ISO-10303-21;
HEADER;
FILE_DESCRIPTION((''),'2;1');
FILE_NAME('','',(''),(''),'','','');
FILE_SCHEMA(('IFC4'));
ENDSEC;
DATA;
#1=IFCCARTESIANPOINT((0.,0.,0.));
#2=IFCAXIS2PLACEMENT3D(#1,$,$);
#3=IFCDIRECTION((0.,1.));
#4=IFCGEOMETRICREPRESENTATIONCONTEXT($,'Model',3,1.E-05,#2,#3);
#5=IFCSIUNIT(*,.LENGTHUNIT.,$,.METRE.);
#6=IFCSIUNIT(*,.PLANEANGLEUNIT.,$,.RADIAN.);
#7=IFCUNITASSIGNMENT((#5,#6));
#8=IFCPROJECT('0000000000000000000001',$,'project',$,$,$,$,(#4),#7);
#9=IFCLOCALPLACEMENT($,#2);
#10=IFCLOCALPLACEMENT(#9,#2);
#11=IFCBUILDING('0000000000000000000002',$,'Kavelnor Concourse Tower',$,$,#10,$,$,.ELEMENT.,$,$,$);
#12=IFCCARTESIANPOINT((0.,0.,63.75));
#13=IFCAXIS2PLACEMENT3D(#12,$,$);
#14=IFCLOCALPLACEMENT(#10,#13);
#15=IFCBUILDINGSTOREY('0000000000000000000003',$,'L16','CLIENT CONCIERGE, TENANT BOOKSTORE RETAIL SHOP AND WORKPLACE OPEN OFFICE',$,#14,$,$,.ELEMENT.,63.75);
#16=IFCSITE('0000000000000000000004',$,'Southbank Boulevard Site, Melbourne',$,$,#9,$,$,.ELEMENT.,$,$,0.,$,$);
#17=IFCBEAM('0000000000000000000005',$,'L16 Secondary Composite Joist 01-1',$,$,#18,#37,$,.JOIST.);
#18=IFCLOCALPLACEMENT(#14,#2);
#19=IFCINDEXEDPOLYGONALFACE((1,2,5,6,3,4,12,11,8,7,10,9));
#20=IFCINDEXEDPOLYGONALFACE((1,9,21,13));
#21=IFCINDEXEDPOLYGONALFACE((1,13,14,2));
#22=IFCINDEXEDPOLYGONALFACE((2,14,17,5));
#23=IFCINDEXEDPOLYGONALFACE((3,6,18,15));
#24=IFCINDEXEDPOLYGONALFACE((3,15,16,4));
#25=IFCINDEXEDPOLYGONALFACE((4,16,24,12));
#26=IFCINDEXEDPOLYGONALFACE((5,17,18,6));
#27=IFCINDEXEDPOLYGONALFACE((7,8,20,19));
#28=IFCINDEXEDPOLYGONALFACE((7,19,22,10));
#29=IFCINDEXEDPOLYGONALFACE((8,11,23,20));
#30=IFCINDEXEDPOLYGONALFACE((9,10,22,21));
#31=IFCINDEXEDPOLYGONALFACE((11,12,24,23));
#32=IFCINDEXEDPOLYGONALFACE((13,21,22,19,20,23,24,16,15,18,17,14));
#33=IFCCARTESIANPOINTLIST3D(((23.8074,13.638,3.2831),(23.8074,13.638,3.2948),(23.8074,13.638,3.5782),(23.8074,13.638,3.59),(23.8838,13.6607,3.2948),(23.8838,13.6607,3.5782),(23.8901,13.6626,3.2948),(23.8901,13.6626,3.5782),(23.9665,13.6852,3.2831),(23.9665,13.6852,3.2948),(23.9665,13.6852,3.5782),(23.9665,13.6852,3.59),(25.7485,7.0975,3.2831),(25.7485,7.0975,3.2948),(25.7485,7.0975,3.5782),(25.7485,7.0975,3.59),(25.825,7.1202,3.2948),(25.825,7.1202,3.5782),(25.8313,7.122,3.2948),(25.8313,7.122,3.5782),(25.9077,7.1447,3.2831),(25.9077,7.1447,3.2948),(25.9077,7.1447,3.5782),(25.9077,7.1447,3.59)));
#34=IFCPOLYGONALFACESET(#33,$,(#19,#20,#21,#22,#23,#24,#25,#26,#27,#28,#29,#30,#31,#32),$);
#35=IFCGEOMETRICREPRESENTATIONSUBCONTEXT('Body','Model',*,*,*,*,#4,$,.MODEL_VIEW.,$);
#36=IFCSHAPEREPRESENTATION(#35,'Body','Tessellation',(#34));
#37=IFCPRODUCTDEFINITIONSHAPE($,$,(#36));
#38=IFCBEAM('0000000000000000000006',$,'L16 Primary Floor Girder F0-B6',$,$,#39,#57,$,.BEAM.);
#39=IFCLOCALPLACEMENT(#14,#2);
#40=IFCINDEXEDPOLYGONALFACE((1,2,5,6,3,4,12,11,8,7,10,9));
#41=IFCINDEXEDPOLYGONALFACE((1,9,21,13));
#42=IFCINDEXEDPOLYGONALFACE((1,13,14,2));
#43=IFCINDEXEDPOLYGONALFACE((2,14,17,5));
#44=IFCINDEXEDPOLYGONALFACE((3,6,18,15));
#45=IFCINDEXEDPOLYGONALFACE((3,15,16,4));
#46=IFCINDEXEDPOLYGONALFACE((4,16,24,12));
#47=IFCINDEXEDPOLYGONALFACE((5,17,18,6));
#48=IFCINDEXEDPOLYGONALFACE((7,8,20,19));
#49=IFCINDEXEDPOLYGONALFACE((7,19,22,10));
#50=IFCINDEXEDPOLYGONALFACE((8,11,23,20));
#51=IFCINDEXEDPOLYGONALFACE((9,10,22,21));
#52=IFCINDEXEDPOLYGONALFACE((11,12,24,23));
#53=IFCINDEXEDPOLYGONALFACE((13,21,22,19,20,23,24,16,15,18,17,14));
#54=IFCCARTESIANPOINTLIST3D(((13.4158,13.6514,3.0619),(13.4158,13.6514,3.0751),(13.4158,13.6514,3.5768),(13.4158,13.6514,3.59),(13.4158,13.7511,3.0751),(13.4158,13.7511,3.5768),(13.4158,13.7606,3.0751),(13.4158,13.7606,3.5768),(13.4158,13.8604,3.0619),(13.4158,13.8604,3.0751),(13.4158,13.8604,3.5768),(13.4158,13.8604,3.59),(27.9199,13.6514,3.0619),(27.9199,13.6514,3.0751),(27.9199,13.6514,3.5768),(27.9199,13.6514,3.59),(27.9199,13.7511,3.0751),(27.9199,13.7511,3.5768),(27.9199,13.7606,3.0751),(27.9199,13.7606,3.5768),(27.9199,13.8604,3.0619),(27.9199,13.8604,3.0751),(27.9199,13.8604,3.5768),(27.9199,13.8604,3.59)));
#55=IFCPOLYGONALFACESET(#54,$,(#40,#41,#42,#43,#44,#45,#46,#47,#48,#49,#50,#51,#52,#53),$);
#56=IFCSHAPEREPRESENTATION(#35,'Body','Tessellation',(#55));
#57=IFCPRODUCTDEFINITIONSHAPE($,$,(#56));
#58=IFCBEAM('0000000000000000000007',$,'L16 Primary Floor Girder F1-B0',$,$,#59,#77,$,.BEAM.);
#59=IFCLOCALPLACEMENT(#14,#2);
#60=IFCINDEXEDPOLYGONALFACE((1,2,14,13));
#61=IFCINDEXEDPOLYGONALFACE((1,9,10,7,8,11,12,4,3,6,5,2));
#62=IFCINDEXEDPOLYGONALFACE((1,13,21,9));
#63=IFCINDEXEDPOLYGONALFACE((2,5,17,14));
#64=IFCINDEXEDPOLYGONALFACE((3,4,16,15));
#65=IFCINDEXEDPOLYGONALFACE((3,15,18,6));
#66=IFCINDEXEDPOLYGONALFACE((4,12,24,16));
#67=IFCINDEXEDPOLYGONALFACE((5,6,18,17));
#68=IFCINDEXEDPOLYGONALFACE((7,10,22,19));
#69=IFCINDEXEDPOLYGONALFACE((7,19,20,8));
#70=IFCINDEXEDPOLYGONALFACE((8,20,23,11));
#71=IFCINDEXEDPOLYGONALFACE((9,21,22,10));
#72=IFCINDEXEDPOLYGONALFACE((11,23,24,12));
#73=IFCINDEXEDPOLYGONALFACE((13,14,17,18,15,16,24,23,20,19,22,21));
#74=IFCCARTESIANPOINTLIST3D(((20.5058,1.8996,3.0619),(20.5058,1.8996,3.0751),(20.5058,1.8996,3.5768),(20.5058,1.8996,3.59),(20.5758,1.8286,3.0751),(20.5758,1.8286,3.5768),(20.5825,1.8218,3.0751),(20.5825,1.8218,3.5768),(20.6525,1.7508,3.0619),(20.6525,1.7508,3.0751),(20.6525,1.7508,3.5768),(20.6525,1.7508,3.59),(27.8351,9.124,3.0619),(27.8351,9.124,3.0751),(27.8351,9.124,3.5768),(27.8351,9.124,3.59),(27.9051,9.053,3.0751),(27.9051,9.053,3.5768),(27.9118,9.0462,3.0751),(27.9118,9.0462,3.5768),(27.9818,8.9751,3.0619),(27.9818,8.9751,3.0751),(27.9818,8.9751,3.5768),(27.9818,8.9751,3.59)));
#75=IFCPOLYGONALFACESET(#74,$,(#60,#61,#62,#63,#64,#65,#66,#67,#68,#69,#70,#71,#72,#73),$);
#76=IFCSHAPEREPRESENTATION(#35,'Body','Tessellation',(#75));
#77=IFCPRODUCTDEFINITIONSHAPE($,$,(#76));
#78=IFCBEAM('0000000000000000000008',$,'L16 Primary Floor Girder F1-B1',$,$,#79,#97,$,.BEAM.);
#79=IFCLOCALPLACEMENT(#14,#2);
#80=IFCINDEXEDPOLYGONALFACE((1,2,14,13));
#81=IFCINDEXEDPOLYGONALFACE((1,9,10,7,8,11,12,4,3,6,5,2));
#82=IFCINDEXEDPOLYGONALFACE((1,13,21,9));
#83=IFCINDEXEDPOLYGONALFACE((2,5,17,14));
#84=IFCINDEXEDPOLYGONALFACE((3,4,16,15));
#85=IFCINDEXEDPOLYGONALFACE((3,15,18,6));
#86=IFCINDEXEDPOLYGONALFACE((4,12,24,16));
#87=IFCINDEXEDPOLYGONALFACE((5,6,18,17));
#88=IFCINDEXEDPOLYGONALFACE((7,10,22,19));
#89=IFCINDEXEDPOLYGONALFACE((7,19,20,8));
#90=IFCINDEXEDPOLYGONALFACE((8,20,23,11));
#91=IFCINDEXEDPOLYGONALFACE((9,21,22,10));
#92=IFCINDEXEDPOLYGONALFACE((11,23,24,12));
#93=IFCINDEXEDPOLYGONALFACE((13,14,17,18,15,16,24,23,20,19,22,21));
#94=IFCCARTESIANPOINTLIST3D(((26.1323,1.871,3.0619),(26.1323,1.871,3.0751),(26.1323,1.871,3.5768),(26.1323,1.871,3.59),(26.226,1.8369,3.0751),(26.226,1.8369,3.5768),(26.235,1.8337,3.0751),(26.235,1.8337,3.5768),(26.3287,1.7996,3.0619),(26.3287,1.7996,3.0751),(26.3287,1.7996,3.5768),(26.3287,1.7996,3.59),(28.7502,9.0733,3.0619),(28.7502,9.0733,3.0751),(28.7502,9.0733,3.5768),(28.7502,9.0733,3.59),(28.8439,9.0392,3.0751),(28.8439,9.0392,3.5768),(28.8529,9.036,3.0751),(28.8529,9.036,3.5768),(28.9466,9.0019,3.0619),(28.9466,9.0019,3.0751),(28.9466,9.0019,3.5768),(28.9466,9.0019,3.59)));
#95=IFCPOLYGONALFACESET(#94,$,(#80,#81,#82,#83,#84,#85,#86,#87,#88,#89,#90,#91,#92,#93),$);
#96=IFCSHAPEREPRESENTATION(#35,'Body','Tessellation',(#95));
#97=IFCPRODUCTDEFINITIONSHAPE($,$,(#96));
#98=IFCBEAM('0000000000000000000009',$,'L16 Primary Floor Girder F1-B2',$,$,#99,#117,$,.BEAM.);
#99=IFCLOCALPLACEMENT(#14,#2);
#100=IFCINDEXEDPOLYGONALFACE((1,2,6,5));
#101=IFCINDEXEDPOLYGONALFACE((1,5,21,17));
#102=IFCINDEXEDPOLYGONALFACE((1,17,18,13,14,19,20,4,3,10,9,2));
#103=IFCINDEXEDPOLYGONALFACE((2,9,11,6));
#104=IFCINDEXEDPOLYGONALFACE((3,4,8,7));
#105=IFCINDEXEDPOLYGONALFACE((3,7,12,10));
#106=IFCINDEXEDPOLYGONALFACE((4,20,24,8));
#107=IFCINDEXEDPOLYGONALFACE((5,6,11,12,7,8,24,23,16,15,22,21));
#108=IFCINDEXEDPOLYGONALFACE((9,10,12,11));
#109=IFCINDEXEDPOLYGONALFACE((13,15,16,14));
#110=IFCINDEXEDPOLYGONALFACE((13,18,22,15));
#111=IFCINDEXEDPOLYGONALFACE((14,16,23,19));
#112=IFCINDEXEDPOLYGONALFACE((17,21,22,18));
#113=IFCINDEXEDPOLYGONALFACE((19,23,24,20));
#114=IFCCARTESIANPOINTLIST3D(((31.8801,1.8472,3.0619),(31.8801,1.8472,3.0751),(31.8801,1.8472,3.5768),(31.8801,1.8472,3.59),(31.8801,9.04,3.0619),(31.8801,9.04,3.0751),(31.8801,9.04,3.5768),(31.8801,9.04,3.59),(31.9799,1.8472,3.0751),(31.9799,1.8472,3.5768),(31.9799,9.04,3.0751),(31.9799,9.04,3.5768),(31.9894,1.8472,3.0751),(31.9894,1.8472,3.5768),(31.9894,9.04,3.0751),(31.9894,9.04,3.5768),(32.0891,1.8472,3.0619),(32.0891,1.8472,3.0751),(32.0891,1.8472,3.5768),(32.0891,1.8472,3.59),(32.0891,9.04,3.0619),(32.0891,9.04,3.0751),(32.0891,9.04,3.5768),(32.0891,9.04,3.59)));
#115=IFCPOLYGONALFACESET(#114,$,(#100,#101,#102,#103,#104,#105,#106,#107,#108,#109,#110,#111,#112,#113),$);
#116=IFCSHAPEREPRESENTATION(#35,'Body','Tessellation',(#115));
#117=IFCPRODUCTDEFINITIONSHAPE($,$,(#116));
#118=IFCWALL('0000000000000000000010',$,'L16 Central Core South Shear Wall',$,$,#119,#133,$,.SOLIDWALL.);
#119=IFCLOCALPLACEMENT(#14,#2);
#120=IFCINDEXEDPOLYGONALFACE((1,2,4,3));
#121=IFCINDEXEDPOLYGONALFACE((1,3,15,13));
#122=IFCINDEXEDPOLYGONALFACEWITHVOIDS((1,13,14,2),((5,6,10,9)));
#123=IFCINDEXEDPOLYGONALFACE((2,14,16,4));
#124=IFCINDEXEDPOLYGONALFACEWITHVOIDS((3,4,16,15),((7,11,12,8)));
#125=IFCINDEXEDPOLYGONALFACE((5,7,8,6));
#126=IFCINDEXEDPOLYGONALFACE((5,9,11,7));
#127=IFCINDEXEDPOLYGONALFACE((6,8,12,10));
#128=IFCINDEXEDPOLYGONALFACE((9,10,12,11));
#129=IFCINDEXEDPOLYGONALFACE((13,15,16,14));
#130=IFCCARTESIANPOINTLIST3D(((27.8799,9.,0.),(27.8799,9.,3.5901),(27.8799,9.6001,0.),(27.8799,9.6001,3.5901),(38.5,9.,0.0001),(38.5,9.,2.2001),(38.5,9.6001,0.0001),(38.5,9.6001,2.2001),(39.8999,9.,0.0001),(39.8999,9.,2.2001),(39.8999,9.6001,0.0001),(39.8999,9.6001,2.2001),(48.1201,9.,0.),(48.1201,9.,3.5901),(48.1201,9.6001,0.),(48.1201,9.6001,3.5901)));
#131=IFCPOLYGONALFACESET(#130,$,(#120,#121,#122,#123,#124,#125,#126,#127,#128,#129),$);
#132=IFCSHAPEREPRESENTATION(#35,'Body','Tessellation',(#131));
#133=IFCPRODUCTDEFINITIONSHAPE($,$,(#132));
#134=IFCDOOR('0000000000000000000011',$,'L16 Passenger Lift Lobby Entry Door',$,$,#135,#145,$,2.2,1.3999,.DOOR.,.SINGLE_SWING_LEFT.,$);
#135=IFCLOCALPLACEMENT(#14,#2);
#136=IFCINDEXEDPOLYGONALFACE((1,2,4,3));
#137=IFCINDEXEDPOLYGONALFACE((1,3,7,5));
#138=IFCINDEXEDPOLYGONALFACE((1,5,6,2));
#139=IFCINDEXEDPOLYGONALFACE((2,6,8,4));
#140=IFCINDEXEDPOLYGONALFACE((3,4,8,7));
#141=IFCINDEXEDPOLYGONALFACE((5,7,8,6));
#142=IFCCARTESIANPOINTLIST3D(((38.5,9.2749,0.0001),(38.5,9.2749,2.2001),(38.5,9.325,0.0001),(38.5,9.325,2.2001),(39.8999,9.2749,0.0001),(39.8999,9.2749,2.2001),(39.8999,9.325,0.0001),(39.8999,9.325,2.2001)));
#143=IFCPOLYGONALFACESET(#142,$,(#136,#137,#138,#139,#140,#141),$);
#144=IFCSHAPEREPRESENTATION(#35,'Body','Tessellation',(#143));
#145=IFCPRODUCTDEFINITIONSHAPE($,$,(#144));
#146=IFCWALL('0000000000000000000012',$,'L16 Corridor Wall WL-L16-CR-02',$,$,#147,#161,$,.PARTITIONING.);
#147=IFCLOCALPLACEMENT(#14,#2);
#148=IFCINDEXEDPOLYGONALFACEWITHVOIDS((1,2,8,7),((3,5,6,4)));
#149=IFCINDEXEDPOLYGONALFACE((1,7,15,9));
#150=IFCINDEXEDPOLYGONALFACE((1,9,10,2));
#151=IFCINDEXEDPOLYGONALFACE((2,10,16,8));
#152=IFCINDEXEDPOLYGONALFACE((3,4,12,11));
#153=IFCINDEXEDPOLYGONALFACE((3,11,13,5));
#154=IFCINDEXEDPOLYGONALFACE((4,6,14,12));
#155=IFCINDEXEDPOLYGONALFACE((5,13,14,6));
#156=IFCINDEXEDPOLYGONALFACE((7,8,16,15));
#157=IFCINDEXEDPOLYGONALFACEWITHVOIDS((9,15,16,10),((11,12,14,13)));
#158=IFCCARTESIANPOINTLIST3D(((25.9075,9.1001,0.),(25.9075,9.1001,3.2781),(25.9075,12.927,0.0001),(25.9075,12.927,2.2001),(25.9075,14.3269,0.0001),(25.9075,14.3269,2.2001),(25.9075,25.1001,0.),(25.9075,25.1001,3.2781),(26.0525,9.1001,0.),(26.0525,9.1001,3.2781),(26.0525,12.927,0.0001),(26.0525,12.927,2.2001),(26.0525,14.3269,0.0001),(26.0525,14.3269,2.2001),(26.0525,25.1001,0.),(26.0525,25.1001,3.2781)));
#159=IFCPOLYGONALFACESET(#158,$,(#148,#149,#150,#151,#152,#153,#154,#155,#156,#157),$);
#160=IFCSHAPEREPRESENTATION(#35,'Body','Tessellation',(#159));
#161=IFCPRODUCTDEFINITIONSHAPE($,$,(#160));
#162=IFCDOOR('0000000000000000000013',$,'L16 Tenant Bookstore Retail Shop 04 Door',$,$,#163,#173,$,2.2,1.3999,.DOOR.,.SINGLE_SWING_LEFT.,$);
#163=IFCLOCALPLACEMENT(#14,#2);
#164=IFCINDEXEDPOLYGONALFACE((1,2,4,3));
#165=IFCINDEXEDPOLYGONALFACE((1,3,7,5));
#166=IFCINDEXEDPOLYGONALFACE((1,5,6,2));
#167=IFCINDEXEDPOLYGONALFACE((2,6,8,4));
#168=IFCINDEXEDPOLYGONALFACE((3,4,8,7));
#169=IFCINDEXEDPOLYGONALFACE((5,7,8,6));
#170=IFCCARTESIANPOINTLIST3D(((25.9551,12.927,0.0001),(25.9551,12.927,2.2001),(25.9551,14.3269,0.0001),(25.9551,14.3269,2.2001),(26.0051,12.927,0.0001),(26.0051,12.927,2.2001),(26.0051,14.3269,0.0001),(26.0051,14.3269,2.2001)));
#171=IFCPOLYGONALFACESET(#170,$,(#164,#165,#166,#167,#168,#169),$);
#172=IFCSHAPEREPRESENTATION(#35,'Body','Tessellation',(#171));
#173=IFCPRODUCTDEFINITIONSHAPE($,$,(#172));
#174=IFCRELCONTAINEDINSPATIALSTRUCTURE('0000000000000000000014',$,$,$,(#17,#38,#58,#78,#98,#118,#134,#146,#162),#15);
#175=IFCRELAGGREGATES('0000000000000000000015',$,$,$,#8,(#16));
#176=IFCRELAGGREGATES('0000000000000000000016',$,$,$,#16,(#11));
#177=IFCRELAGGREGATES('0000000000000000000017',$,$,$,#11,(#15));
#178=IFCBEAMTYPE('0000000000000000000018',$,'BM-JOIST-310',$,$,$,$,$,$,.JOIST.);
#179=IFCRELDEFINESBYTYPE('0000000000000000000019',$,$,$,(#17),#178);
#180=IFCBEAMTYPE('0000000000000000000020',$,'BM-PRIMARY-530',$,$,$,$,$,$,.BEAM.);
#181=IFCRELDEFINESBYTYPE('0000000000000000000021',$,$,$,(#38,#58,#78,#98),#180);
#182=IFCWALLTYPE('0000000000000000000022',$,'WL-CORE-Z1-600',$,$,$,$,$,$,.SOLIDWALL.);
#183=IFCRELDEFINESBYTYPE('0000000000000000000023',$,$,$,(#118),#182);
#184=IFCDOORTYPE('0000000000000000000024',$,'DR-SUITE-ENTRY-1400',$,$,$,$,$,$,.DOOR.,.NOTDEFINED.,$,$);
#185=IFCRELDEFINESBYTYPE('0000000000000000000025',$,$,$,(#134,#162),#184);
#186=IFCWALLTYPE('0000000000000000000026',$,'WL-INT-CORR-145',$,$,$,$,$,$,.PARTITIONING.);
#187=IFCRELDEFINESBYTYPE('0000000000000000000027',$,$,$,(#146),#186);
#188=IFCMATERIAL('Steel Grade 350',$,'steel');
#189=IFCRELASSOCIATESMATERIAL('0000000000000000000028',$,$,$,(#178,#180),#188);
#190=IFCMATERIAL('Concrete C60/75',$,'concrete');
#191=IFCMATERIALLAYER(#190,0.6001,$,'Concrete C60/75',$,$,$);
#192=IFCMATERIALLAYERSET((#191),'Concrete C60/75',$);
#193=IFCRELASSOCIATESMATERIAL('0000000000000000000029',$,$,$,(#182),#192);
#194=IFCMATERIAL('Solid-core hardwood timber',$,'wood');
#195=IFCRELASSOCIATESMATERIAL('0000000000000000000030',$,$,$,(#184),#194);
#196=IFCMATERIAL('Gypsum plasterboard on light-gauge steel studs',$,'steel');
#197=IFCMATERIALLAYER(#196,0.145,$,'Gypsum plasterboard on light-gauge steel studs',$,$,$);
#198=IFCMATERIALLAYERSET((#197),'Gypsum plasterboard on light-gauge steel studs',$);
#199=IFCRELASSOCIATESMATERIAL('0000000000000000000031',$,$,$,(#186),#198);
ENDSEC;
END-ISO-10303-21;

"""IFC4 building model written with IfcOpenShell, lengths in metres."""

from ifc_helpers import new_model, si_unit, direction, frame, frame_2d, origin, origin_2d, place, context, subcontext, project, spatial, rectangle, i_section, extrude, material, layer, layer_set, material_profile, profile_set, type_object, element, fill, save


model = new_model("IFC4")

# Units and contexts
model_context = context("Model", 3, precision=1e-05, world=origin(), true_north=direction((0.0, 1.0)))
body_context = subcontext(model_context, "Body", "Model", "MODEL_VIEW")
ifc_project = project(units=[si_unit("LENGTHUNIT", "METRE"), si_unit("PLANEANGLEUNIT", "RADIAN")], contexts=[model_context])

# Site, building, storey
site_placement = place(None, origin())
site = spatial("IfcSite", under=ifc_project, at=site_placement, Name="Southbank Boulevard Site, Melbourne", CompositionType="ELEMENT", RefElevation=0.0)
building_placement = place(site_placement, origin())
building = spatial("IfcBuilding", under=site, at=building_placement, Name="Kavelnor Concourse Tower", CompositionType="ELEMENT")
storey_placement = place(building_placement, frame((0.0, 0.0, 63.75)))
storey = spatial("IfcBuildingStorey", under=building, at=storey_placement, Name="L16", Description="CLIENT CONCIERGE, TENANT BOOKSTORE RETAIL SHOP AND WORKPLACE OPEN OFFICE", CompositionType="ELEMENT", Elevation=63.75)

# Beams
ifc_material_1 = material(Name="Steel Grade 350", Category="steel")
ifc_material_profile_1 = material_profile(ifc_material_1, i_section(OverallWidth=0.166, OverallDepth=0.3069, WebThickness=0.0066, FlangeThickness=0.0117, at=origin_2d()), Name="310UB46")
ifc_profile_set_1 = profile_set([ifc_material_profile_1], Name="Steel Grade 350")
beam_type_1 = type_object("IfcBeamType", Name="BM-JOIST-310", PredefinedType="JOIST", material=ifc_profile_set_1)
beam_1_placement = place(storey_placement, frame((23.887, 13.6616, 3.4365), z_axis=(0.284523, -0.958669, 0.0), x_axis=(0.958669, 0.284523, 0.0)))
element("IfcBeam", 1, at=beam_1_placement, inside=storey, type_object=beam_type_1, Name="L16 Secondary Composite Joist 01-1", PredefinedType="JOIST", context=body_context, shape_type="SweptSolid", body=[
    extrude(i_section(OverallWidth=0.166, OverallDepth=0.3069, WebThickness=0.0066, FlangeThickness=0.0117, at=origin_2d()), origin(), (0.0, 0.0, 1.0), 6.8225),
])
ifc_material_profile_2 = material_profile(ifc_material_1, i_section(OverallWidth=0.209, OverallDepth=0.5281, WebThickness=0.0095, FlangeThickness=0.0132, at=origin_2d()), Name="530UB82")
ifc_profile_set_2 = profile_set([ifc_material_profile_2], Name="Steel Grade 350")
beam_type_2 = type_object("IfcBeamType", Name="BM-PRIMARY-530", PredefinedType="BEAM", material=ifc_profile_set_2)
beam_2_placement = place(storey_placement, frame((27.9199, 13.7559, 3.3259), z_axis=(-1.0, 0.0, 0.0), x_axis=(0.0, -1.0, 0.0)))
element("IfcBeam", 2, at=beam_2_placement, inside=storey, type_object=beam_type_2, Name="L16 Primary Floor Girder F0-B6", PredefinedType="BEAM", context=body_context, shape_type="SweptSolid", body=[
    extrude(i_section(OverallWidth=0.209, OverallDepth=0.5281, WebThickness=0.0095, FlangeThickness=0.0132, at=origin_2d()), origin(), (0.0, 0.0, 1.0), 14.5042),
])
beam_3_placement = place(storey_placement, frame((27.9084, 9.0496, 3.3259), z_axis=(-0.712189, -0.701988, 0.0), x_axis=(0.701988, -0.712189, 0.0)))
element("IfcBeam", 3, at=beam_3_placement, inside=storey, type_object=beam_type_2, Name="L16 Primary Floor Girder F1-B0", PredefinedType="BEAM", context=body_context, shape_type="SweptSolid", body=[
    extrude(i_section(OverallWidth=0.209, OverallDepth=0.5281, WebThickness=0.0095, FlangeThickness=0.0132, at=origin_2d()), origin(), (0.0, 0.0, 1.0), 10.2913),
])
beam_4_placement = place(storey_placement, frame((28.8484, 9.0376, 3.3259), z_axis=(-0.341613, -0.939841, 0.0), x_axis=(0.939841, -0.341613, 0.0)))
element("IfcBeam", 4, at=beam_4_placement, inside=storey, type_object=beam_type_2, Name="L16 Primary Floor Girder F1-B1", PredefinedType="BEAM", context=body_context, shape_type="SweptSolid", body=[
    extrude(i_section(OverallWidth=0.209, OverallDepth=0.5281, WebThickness=0.0095, FlangeThickness=0.0132, at=origin_2d()), origin(), (0.0, 0.0, 1.0), 7.6633),
])
beam_5_placement = place(storey_placement, frame((31.9846, 9.04, 3.3259), z_axis=(0.0, -1.0, 0.0), x_axis=(1.0, 0.0, 0.0)))
element("IfcBeam", 5, at=beam_5_placement, inside=storey, type_object=beam_type_2, Name="L16 Primary Floor Girder F1-B2", PredefinedType="BEAM", context=body_context, shape_type="SweptSolid", body=[
    extrude(i_section(OverallWidth=0.209, OverallDepth=0.5281, WebThickness=0.0095, FlangeThickness=0.0132, at=origin_2d()), origin(), (0.0, 0.0, 1.0), 7.1929),
])

# Wall, opening, door
ifc_material_2 = material(Name="Concrete C60/75", Category="concrete")
ifc_layer_1 = layer(ifc_material_2, 0.6001, Name="Concrete C60/75")
ifc_layer_set_1 = layer_set([ifc_layer_1], Name="Concrete C60/75")
wall_type_1 = type_object("IfcWallType", Name="WL-CORE-Z1-600", PredefinedType="SOLIDWALL", material=ifc_layer_set_1)
wall_1_placement = place(storey_placement, frame((27.8799, 9.3, 0.0), z_axis=(0.0, 0.0, 1.0), x_axis=(1.0, 0.0, 0.0)))
wall_1 = element("IfcWall", 6, at=wall_1_placement, inside=storey, type_object=wall_type_1, Name="L16 Central Core South Shear Wall", PredefinedType="SOLIDWALL", context=body_context, shape_type="SweptSolid", body=[
    extrude(rectangle(XDim=20.2402, YDim=0.6001, at=frame_2d((10.1201, 0.0))), origin(), (0.0, 0.0, 1.0), 3.5901),
])
opening_1_placement = place(wall_1_placement, frame((10.6201, 0.0, 0.0)))
opening_1 = element("IfcOpeningElement", 7, at=opening_1_placement, cuts=wall_1, PredefinedType="OPENING", context=body_context, shape_type="SweptSolid", body=[
    extrude(rectangle(XDim=1.3999, YDim=2.2, at=frame_2d((0.7, 1.1001))), frame((0.0, 0.3101, 0.0), z_axis=(0.0, -1.0, 0.0), x_axis=(1.0, 0.0, 0.0)), (0.0, 0.0, 1.0), 0.6201),
])
ifc_material_3 = material(Name="Solid-core hardwood timber", Category="wood")
door_type_1 = type_object("IfcDoorType", Name="DR-SUITE-ENTRY-1400", OperationType="NOTDEFINED", PredefinedType="DOOR", material=ifc_material_3)
door_1_placement = place(opening_1_placement, origin())
door_1 = element("IfcDoor", 8, at=door_1_placement, inside=storey, type_object=door_type_1, Name="L16 Passenger Lift Lobby Entry Door", OperationType="SINGLE_SWING_LEFT", OverallHeight=2.2, OverallWidth=1.3999, PredefinedType="DOOR", context=body_context, shape_type="SweptSolid", body=[
    extrude(rectangle(XDim=1.3999, YDim=2.2, at=frame_2d((0.7, 1.1001))), frame((0.0, 0.0249, 0.0), z_axis=(0.0, -1.0, 0.0), x_axis=(1.0, 0.0, 0.0)), (0.0, 0.0, 1.0), 0.05),
])
fill(opening_1, door_1)

# Wall, opening, door
ifc_material_4 = material(Name="Gypsum plasterboard on light-gauge steel studs", Category="steel")
ifc_layer_2 = layer(ifc_material_4, 0.145, Name="Gypsum plasterboard on light-gauge steel studs")
ifc_layer_set_2 = layer_set([ifc_layer_2], Name="Gypsum plasterboard on light-gauge steel studs")
wall_type_2 = type_object("IfcWallType", Name="WL-INT-CORR-145", PredefinedType="PARTITIONING", material=ifc_layer_set_2)
wall_2_placement = place(storey_placement, frame((25.98, 9.1001, 0.0), z_axis=(0.0, 0.0, 1.0), x_axis=(0.0, 1.0, 0.0)))
wall_2 = element("IfcWall", 9, at=wall_2_placement, inside=storey, type_object=wall_type_2, Name="L16 Corridor Wall WL-L16-CR-02", PredefinedType="PARTITIONING", context=body_context, shape_type="SweptSolid", body=[
    extrude(rectangle(XDim=16.0, YDim=0.145, at=frame_2d((8.0, 0.0))), origin(), (0.0, 0.0, 1.0), 3.2781),
])
opening_2_placement = place(wall_2_placement, frame((3.8269, 0.0, 0.0)))
opening_2 = element("IfcOpeningElement", 10, at=opening_2_placement, cuts=wall_2, PredefinedType="OPENING", context=body_context, shape_type="SweptSolid", body=[
    extrude(rectangle(XDim=1.3999, YDim=2.2, at=frame_2d((0.7, 1.1001))), frame((0.0, 0.0825, 0.0), z_axis=(0.0, -1.0, 0.0), x_axis=(1.0, 0.0, 0.0)), (0.0, 0.0, 1.0), 0.165),
])
door_2_placement = place(opening_2_placement, origin())
door_2 = element("IfcDoor", 11, at=door_2_placement, inside=storey, type_object=door_type_1, Name="L16 Tenant Bookstore Retail Shop 04 Door", OperationType="SINGLE_SWING_LEFT", OverallHeight=2.2, OverallWidth=1.3999, PredefinedType="DOOR", context=body_context, shape_type="SweptSolid", body=[
    extrude(rectangle(XDim=1.3999, YDim=2.2, at=frame_2d((0.7, 1.1001))), frame((0.0, 0.0249, 0.0), z_axis=(0.0, -1.0, 0.0), x_axis=(1.0, 0.0, 0.0)), (0.0, 0.0, 1.0), 0.05),
])
fill(opening_2, door_2)

save(model, "model.ifc")
